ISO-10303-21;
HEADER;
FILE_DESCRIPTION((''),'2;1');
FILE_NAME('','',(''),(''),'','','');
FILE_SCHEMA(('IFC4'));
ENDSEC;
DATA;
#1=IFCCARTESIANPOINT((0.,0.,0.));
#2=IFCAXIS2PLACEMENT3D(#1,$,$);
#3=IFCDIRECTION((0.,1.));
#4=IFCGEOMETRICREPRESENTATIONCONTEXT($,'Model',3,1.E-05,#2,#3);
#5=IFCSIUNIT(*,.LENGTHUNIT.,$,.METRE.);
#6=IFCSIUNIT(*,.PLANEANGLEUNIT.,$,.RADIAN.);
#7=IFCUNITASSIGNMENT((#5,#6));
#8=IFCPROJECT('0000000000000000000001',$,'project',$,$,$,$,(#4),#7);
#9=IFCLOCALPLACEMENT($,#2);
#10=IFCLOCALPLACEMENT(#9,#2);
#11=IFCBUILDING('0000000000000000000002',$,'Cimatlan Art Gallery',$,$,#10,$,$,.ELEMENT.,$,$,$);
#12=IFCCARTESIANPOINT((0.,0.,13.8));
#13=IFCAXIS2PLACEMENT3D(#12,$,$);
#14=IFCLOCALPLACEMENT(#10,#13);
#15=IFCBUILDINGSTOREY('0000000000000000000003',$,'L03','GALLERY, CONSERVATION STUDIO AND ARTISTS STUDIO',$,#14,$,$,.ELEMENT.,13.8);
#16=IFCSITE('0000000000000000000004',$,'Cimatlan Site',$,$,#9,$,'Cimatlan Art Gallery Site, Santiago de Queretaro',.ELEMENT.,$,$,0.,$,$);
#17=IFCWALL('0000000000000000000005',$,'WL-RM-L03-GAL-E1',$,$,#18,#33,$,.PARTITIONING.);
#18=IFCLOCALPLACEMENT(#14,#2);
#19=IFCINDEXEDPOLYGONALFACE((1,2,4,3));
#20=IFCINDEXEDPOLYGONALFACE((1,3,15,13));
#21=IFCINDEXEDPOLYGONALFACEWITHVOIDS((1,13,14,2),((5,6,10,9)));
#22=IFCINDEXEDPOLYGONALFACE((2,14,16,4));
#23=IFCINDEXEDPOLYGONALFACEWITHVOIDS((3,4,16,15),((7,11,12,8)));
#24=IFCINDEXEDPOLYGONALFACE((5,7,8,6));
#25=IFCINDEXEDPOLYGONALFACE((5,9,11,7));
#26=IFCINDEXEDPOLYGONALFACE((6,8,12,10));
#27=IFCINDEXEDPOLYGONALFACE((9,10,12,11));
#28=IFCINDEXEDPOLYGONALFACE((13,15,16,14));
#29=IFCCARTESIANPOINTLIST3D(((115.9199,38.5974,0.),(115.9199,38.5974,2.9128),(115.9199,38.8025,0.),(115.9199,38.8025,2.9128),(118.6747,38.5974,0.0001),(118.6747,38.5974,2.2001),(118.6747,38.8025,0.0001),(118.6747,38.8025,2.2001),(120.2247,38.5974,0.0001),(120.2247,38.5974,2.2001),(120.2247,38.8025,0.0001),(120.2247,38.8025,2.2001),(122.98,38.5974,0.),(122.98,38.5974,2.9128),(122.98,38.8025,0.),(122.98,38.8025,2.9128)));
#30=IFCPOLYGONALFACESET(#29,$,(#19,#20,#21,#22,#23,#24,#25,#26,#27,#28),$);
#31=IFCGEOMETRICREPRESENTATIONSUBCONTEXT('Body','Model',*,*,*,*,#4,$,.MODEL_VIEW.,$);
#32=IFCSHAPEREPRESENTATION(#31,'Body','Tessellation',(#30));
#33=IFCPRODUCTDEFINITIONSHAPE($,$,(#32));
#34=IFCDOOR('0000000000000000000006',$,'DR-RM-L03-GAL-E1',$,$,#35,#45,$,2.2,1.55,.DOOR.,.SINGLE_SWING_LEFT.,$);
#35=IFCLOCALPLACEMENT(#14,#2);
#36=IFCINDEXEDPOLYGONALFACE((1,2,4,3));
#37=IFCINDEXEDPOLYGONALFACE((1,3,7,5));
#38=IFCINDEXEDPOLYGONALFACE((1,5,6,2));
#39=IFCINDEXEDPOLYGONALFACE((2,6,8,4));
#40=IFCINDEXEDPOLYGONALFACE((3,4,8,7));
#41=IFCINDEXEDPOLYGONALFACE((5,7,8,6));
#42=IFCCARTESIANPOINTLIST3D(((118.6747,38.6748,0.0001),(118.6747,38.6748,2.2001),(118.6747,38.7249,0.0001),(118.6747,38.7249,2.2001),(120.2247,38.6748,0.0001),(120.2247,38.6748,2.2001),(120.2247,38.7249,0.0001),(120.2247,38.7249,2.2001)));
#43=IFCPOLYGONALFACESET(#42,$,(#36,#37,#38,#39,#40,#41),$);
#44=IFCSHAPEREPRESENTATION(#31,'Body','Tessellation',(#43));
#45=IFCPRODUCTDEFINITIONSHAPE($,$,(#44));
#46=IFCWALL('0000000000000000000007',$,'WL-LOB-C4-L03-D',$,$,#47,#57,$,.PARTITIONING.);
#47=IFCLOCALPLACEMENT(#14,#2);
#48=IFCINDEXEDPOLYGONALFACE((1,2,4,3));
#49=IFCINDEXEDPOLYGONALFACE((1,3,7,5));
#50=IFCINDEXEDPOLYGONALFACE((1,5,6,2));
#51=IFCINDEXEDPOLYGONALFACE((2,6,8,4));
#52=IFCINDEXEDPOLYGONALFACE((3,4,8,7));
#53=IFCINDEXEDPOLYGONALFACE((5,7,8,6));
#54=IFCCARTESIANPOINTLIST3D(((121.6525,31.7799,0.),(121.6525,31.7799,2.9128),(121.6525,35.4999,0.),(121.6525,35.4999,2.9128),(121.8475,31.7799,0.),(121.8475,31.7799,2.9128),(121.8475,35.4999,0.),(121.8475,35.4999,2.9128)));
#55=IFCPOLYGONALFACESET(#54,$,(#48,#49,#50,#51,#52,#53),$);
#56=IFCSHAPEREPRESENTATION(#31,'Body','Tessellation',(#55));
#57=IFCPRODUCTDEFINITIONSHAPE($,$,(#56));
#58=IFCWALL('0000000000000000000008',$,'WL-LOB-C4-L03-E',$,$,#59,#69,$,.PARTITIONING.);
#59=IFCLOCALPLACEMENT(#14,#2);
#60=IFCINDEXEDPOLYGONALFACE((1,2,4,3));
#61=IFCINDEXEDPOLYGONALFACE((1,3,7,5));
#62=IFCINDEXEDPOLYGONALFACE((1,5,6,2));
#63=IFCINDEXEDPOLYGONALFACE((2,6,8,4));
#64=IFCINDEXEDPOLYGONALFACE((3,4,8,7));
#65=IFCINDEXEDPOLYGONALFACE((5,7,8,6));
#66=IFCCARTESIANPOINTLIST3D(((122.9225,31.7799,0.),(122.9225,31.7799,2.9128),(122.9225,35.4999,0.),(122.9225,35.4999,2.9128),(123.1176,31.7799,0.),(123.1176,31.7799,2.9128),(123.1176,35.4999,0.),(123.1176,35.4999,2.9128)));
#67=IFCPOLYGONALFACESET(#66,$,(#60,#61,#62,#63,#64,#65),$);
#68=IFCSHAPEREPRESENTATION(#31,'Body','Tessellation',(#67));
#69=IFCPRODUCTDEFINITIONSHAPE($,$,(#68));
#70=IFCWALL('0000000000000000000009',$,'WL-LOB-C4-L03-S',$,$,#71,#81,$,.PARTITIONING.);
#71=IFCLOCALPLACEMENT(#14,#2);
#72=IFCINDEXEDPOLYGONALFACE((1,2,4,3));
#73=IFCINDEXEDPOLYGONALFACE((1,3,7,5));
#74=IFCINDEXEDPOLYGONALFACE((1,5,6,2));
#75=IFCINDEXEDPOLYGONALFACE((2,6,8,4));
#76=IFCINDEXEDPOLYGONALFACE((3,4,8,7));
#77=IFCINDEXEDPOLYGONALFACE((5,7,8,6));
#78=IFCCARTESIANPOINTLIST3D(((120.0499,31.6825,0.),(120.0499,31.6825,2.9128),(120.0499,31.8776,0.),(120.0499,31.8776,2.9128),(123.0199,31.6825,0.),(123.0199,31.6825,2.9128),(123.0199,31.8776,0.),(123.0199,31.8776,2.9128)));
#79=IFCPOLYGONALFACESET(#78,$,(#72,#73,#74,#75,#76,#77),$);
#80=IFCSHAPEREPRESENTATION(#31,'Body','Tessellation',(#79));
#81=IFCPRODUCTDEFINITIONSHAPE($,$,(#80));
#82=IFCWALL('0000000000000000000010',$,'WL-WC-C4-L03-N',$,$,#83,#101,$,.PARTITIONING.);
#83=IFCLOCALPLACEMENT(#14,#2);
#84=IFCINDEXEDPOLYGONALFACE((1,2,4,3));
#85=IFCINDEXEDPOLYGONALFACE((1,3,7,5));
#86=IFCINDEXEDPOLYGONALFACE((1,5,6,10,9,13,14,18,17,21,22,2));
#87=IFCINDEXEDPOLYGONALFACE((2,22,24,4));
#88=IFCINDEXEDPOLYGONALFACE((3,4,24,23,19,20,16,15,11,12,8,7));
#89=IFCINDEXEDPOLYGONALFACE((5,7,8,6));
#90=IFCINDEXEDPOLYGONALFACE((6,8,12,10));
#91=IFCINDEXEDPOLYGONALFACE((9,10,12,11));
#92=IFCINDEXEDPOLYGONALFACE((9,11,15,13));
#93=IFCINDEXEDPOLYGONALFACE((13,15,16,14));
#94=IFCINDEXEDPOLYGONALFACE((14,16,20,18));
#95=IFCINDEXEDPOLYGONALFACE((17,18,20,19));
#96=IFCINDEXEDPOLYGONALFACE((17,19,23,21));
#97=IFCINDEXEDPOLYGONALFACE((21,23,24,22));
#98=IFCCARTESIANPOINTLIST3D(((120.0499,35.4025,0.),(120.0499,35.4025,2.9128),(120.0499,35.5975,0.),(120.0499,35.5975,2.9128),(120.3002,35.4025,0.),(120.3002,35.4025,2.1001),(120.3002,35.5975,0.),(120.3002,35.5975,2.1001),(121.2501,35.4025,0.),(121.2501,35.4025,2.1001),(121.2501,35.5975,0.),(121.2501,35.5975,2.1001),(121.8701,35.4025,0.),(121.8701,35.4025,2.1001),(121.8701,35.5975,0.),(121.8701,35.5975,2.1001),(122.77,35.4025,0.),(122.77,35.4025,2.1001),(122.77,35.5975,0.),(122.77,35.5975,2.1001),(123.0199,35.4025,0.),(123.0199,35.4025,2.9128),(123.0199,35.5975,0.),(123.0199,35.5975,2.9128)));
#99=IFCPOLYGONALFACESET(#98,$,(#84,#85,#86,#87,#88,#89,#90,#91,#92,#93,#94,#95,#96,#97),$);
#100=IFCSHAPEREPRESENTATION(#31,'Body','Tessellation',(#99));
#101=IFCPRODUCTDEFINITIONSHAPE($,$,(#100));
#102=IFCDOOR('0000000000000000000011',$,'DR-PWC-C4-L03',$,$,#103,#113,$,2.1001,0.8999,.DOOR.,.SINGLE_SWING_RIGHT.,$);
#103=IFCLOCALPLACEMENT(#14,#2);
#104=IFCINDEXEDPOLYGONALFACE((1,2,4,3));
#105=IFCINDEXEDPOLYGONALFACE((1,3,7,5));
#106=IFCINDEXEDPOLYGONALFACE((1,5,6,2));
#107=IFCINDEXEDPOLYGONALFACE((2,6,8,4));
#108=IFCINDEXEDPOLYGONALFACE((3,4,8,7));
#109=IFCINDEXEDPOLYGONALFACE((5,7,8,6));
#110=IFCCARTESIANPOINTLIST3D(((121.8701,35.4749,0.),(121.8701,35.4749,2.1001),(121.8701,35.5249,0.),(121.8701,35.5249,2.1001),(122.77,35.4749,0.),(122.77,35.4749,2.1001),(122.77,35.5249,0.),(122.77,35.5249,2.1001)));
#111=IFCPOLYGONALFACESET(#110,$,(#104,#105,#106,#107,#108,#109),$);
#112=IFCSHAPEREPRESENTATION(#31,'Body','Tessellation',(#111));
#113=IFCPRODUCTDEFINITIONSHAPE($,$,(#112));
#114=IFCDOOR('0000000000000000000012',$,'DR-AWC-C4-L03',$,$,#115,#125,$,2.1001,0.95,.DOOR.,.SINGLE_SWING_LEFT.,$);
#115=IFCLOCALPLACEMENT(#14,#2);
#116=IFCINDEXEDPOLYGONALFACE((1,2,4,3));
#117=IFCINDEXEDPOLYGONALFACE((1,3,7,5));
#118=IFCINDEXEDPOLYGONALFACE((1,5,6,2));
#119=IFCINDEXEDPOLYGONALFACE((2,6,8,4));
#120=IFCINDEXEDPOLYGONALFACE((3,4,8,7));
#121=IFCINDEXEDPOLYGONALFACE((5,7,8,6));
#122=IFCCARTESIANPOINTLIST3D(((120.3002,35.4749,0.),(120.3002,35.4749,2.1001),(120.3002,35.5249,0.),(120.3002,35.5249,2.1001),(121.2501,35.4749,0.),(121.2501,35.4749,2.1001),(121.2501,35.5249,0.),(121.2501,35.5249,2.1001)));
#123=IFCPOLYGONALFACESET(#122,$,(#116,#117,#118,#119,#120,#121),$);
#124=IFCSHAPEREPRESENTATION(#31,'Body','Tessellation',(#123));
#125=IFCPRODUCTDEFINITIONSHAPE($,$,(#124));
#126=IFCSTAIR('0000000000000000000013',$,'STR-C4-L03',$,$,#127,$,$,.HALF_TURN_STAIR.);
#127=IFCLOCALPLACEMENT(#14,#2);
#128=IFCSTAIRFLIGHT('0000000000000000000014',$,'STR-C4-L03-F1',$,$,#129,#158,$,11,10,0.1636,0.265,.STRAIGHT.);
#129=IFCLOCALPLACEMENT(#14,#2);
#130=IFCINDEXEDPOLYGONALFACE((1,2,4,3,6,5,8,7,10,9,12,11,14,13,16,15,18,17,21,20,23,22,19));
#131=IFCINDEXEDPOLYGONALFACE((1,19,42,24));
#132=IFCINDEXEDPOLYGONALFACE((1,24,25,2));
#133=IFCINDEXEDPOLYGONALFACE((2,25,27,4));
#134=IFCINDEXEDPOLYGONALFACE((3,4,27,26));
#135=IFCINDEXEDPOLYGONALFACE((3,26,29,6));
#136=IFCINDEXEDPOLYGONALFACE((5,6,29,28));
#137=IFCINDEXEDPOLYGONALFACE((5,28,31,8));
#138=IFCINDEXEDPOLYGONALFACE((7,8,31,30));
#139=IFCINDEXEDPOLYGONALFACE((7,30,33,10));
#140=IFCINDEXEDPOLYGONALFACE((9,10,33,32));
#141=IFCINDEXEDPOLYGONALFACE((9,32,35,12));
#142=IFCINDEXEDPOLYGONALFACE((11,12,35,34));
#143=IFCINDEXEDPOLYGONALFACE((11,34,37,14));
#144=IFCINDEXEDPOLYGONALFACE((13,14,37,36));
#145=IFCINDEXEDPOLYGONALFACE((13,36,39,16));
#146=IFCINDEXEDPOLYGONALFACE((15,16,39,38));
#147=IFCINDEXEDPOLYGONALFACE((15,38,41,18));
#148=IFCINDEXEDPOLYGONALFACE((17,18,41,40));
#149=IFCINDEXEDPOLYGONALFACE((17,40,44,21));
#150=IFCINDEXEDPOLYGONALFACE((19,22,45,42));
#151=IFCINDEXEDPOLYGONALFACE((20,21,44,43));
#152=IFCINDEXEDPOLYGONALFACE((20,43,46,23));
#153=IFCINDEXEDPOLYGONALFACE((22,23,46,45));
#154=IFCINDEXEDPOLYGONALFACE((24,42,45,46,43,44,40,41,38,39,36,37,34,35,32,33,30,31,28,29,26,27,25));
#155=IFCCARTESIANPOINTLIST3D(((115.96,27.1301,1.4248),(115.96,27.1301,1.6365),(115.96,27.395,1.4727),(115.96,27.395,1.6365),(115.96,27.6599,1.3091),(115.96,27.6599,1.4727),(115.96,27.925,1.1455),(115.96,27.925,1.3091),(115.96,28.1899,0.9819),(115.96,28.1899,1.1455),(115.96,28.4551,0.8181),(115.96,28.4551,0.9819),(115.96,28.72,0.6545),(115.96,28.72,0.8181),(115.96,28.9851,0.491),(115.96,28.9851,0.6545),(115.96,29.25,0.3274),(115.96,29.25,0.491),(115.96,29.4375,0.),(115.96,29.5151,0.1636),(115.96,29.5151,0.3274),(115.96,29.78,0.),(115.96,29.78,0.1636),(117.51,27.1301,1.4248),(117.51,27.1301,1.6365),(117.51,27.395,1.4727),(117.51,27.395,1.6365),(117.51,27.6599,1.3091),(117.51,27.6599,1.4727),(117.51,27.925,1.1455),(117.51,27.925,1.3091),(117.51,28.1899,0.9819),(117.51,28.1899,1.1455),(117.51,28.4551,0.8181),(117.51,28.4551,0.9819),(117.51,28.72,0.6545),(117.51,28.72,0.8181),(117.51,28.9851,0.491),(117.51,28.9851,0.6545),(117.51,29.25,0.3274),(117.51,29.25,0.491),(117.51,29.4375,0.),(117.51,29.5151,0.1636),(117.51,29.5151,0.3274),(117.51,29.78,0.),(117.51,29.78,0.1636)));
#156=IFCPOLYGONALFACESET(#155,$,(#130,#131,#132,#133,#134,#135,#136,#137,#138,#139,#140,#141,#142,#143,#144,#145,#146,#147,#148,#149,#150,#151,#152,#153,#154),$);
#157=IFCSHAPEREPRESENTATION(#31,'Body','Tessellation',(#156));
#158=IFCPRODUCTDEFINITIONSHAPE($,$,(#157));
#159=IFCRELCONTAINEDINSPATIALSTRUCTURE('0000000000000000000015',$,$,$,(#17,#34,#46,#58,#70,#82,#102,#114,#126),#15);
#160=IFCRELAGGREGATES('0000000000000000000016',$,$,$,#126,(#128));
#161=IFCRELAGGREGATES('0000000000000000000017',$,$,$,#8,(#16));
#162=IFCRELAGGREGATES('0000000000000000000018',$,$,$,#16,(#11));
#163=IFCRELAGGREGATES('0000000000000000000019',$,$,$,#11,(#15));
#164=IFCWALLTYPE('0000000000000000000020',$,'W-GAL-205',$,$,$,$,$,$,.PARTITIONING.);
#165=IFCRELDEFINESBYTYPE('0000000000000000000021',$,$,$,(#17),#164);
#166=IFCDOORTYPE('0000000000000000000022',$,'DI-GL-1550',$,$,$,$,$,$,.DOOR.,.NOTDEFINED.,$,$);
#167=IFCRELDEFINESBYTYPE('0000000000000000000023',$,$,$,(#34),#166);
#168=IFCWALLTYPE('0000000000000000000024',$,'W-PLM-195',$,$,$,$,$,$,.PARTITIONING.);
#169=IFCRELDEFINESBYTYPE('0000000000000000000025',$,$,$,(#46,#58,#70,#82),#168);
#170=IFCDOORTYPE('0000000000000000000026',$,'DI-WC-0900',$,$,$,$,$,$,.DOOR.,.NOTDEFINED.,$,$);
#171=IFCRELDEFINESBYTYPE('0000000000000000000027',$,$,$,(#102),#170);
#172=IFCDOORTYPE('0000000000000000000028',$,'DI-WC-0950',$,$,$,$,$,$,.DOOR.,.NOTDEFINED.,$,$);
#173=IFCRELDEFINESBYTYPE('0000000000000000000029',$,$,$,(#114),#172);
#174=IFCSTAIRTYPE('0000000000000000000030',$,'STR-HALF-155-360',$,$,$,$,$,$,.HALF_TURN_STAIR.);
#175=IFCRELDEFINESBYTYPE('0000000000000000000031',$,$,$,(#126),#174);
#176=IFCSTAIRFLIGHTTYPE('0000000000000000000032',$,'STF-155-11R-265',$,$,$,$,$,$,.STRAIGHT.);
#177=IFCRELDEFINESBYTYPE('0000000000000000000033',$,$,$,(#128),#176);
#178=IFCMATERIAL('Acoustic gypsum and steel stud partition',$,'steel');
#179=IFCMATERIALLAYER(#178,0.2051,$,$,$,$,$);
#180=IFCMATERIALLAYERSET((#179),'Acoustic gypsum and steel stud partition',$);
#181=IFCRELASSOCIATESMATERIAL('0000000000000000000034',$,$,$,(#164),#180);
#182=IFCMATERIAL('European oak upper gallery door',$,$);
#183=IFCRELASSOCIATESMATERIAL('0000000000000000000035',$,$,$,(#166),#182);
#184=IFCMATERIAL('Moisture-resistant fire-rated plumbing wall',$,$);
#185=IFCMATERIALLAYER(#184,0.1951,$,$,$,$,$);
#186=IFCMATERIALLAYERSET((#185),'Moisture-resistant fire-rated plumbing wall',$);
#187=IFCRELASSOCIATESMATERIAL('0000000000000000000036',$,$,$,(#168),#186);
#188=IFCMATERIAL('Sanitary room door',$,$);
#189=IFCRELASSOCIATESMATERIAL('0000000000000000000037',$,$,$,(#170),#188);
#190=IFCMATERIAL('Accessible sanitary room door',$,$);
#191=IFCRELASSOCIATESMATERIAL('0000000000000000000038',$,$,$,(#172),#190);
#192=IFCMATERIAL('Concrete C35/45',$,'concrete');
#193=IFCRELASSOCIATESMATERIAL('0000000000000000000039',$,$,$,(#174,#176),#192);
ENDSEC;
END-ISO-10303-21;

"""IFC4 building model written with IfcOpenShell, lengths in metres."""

from ifc_helpers import new_model, si_unit, direction, frame, frame_2d, origin, place, context, subcontext, project, spatial, polyline, rectangle, outline, extrude, material, layer, layer_set, type_object, element, fill, aggregate, save


model = new_model("IFC4")

# Units and contexts
model_context = context("Model", 3, precision=1e-05, world=origin(), true_north=direction((0.0, 1.0)))
body_context = subcontext(model_context, "Body", "Model", "MODEL_VIEW")
ifc_project = project(units=[si_unit("LENGTHUNIT", "METRE"), si_unit("PLANEANGLEUNIT", "RADIAN")], contexts=[model_context])

# Site, building, storey
site_placement = place(None, origin())
site = spatial("IfcSite", under=ifc_project, at=site_placement, Name="Cimatlan Site", LongName="Cimatlan Art Gallery Site, Santiago de Queretaro", CompositionType="ELEMENT", RefElevation=0.0)
building_placement = place(site_placement, origin())
building = spatial("IfcBuilding", under=site, at=building_placement, Name="Cimatlan Art Gallery", CompositionType="ELEMENT")
storey_placement = place(building_placement, frame((0.0, 0.0, 13.8)))
storey = spatial("IfcBuildingStorey", under=building, at=storey_placement, Name="L03", Description="GALLERY, CONSERVATION STUDIO AND ARTISTS STUDIO", CompositionType="ELEMENT", Elevation=13.8)

# Wall, opening, door
ifc_material_1 = material(Name="Acoustic gypsum and steel stud partition", Category="steel")
ifc_layer_1 = layer(ifc_material_1, 0.2051)
ifc_layer_set_1 = layer_set([ifc_layer_1], Name="Acoustic gypsum and steel stud partition")
wall_type_1 = type_object("IfcWallType", Name="W-GAL-205", PredefinedType="PARTITIONING", material=ifc_layer_set_1)
wall_1_placement = place(storey_placement, frame((115.9199, 38.7, 0.0), z_axis=(0.0, 0.0, 1.0), x_axis=(1.0, 0.0, 0.0)))
wall_1 = element("IfcWall", 1, at=wall_1_placement, inside=storey, type_object=wall_type_1, Name="WL-RM-L03-GAL-E1", PredefinedType="PARTITIONING", context=body_context, shape_type="SweptSolid", body=[
    extrude(rectangle(XDim=7.0601, YDim=0.2051, at=frame_2d((3.53, 0.0))), origin(), (0.0, 0.0, 1.0), 2.9128),
])
opening_1_placement = place(wall_1_placement, frame((2.7549, 0.0, 0.0)))
opening_1 = element("IfcOpeningElement", 2, at=opening_1_placement, cuts=wall_1, PredefinedType="OPENING", context=body_context, shape_type="SweptSolid", body=[
    extrude(rectangle(XDim=1.55, YDim=2.2, at=frame_2d((0.7749, 1.1001))), frame((0.0, 0.1125, 0.0), z_axis=(0.0, -1.0, 0.0), x_axis=(1.0, 0.0, 0.0)), (0.0, 0.0, 1.0), 0.2251),
])
ifc_material_2 = material(Name="European oak upper gallery door")
door_type_1 = type_object("IfcDoorType", Name="DI-GL-1550", OperationType="NOTDEFINED", PredefinedType="DOOR", material=ifc_material_2)
door_1_placement = place(opening_1_placement, origin())
door_1 = element("IfcDoor", 3, at=door_1_placement, inside=storey, type_object=door_type_1, Name="DR-RM-L03-GAL-E1", OperationType="SINGLE_SWING_LEFT", OverallHeight=2.2, OverallWidth=1.55, PredefinedType="DOOR", context=body_context, shape_type="SweptSolid", body=[
    extrude(rectangle(XDim=1.55, YDim=2.2, at=frame_2d((0.7749, 1.1001))), frame((0.0, 0.0249, 0.0), z_axis=(0.0, -1.0, 0.0), x_axis=(1.0, 0.0, 0.0)), (0.0, 0.0, 1.0), 0.05),
])
fill(opening_1, door_1)

# Walls
ifc_material_3 = material(Name="Moisture-resistant fire-rated plumbing wall")
ifc_layer_2 = layer(ifc_material_3, 0.1951)
ifc_layer_set_2 = layer_set([ifc_layer_2], Name="Moisture-resistant fire-rated plumbing wall")
wall_type_2 = type_object("IfcWallType", Name="W-PLM-195", PredefinedType="PARTITIONING", material=ifc_layer_set_2)
for number, where, z_axis, x_axis, name in (
    (4, (121.75, 31.78, 0.0), (0.0, 0.0, 1.0), (0.0, 1.0, 0.0), "WL-LOB-C4-L03-D"),
    (5, (123.02, 31.78, 0.0), (0.0, 0.0, 1.0), (0.0, 1.0, 0.0), "WL-LOB-C4-L03-E"),
):
    element("IfcWall", number, at=place(storey_placement, frame(where, z_axis=z_axis, x_axis=x_axis)), inside=storey, type_object=wall_type_2, Name=name, PredefinedType="PARTITIONING", context=body_context, shape_type="SweptSolid", body=[
        extrude(rectangle(XDim=3.72, YDim=0.1951, at=frame_2d((1.8599, 0.0))), origin(), (0.0, 0.0, 1.0), 2.9128),
    ])
wall_2_placement = place(storey_placement, frame((120.05, 31.78, 0.0), z_axis=(0.0, 0.0, 1.0), x_axis=(1.0, 0.0, 0.0)))
element("IfcWall", 6, at=wall_2_placement, inside=storey, type_object=wall_type_2, Name="WL-LOB-C4-L03-S", PredefinedType="PARTITIONING", context=body_context, shape_type="SweptSolid", body=[
    extrude(rectangle(XDim=2.97, YDim=0.1951, at=frame_2d((1.4849, 0.0))), origin(), (0.0, 0.0, 1.0), 2.9128),
])

# Wall, openings, doors
wall_3_placement = place(storey_placement, frame((120.05, 35.5, 0.0), z_axis=(0.0, 0.0, 1.0), x_axis=(1.0, 0.0, 0.0)))
wall_3 = element("IfcWall", 7, at=wall_3_placement, inside=storey, type_object=wall_type_2, Name="WL-WC-C4-L03-N", PredefinedType="PARTITIONING", context=body_context, shape_type="SweptSolid", body=[
    extrude(rectangle(XDim=2.97, YDim=0.1951, at=frame_2d((1.4849, 0.0))), origin(), (0.0, 0.0, 1.0), 2.9128),
])
opening_2_placement = place(wall_3_placement, frame((0.25, 0.0, 0.0)))
opening_2 = element("IfcOpeningElement", 8, at=opening_2_placement, cuts=wall_3, PredefinedType="OPENING", context=body_context, shape_type="SweptSolid", body=[
    extrude(rectangle(XDim=0.95, YDim=2.1001, at=frame_2d((0.4751, 1.05))), frame((0.0, 0.1074, 0.0), z_axis=(0.0, -1.0, 0.0), x_axis=(1.0, 0.0, 0.0)), (0.0, 0.0, 1.0), 0.2151),
])
opening_3_placement = place(wall_3_placement, frame((1.8201, 0.0, 0.0)))
opening_3 = element("IfcOpeningElement", 9, at=opening_3_placement, cuts=wall_3, PredefinedType="OPENING", context=body_context, shape_type="SweptSolid", body=[
    extrude(rectangle(XDim=0.8999, YDim=2.1001, at=frame_2d((0.45, 1.05))), frame((0.0, 0.1074, 0.0), z_axis=(0.0, -1.0, 0.0), x_axis=(1.0, 0.0, 0.0)), (0.0, 0.0, 1.0), 0.2151),
])
ifc_material_4 = material(Name="Sanitary room door")
door_type_2 = type_object("IfcDoorType", Name="DI-WC-0900", OperationType="NOTDEFINED", PredefinedType="DOOR", material=ifc_material_4)
door_2_placement = place(opening_3_placement, origin())
door_2 = element("IfcDoor", 10, at=door_2_placement, inside=storey, type_object=door_type_2, Name="DR-PWC-C4-L03", OperationType="SINGLE_SWING_RIGHT", OverallHeight=2.1001, OverallWidth=0.8999, PredefinedType="DOOR", context=body_context, shape_type="SweptSolid", body=[
    extrude(rectangle(XDim=0.8999, YDim=2.1001, at=frame_2d((0.45, 1.05))), frame((0.0, 0.0249, 0.0), z_axis=(0.0, -1.0, 0.0), x_axis=(1.0, 0.0, 0.0)), (0.0, 0.0, 1.0), 0.05),
])
fill(opening_3, door_2)
ifc_material_5 = material(Name="Accessible sanitary room door")
door_type_3 = type_object("IfcDoorType", Name="DI-WC-0950", OperationType="NOTDEFINED", PredefinedType="DOOR", material=ifc_material_5)
door_3_placement = place(opening_2_placement, origin())
door_3 = element("IfcDoor", 11, at=door_3_placement, inside=storey, type_object=door_type_3, Name="DR-AWC-C4-L03", OperationType="SINGLE_SWING_LEFT", OverallHeight=2.1001, OverallWidth=0.95, PredefinedType="DOOR", context=body_context, shape_type="SweptSolid", body=[
    extrude(rectangle(XDim=0.95, YDim=2.1001, at=frame_2d((0.4751, 1.05))), frame((0.0, 0.0249, 0.0), z_axis=(0.0, -1.0, 0.0), x_axis=(1.0, 0.0, 0.0)), (0.0, 0.0, 1.0), 0.05),
])
fill(opening_2, door_3)

# Stair, stair flight
ifc_material_6 = material(Name="Concrete C35/45", Category="concrete")
stair_type = type_object("IfcStairType", Name="STR-HALF-155-360", PredefinedType="HALF_TURN_STAIR", material=ifc_material_6)
stair_placement = place(storey_placement, origin())
stair = element("IfcStair", 12, at=stair_placement, inside=storey, type_object=stair_type, Name="STR-C4-L03", PredefinedType="HALF_TURN_STAIR")
stair_flight_type = type_object("IfcStairFlightType", Name="STF-155-11R-265", PredefinedType="STRAIGHT", material=ifc_material_6)
stair_flight_placement = place(storey_placement, frame((116.7351, 29.78, 0.0), z_axis=(0.0, 0.0, 1.0), x_axis=(0.0, -1.0, 0.0)))
stair_flight = element("IfcStairFlight", 13, at=stair_flight_placement, type_object=stair_flight_type, Name="STR-C4-L03-F1", NumberOfRisers=11, NumberOfTreads=10, PredefinedType="STRAIGHT", RiserHeight=0.1636, TreadLength=0.265, context=body_context, shape_type="SweptSolid", body=[
    extrude(outline(polyline([(0.0, 0.0), (0.0, 0.1636), (0.2649, 0.1636), (0.2649, 0.3274), (0.53, 0.3274), (0.53, 0.491), (0.7949, 0.491), (0.7949, 0.6545), (1.0601, 0.6545), (1.0601, 0.8181), (1.325, 0.8181), (1.325, 0.9819), (1.5901, 0.9819), (1.5901, 1.1455), (1.855, 1.1455), (1.855, 1.3091), (2.1201, 1.3091), (2.1201, 1.4727), (2.385, 1.4727), (2.385, 1.6365), (2.6499, 1.6365), (2.6499, 1.8), (2.6499, 1.4248), (0.3425, 0.0), (0.0, 0.0)])), frame((0.0, 0.7749, 0.0), z_axis=(0.0, -1.0, 0.0), x_axis=(1.0, 0.0, 0.0)), (0.0, 0.0, 1.0), 1.55),
])
aggregate(stair, [stair_flight])

save(model, "model.ifc")
